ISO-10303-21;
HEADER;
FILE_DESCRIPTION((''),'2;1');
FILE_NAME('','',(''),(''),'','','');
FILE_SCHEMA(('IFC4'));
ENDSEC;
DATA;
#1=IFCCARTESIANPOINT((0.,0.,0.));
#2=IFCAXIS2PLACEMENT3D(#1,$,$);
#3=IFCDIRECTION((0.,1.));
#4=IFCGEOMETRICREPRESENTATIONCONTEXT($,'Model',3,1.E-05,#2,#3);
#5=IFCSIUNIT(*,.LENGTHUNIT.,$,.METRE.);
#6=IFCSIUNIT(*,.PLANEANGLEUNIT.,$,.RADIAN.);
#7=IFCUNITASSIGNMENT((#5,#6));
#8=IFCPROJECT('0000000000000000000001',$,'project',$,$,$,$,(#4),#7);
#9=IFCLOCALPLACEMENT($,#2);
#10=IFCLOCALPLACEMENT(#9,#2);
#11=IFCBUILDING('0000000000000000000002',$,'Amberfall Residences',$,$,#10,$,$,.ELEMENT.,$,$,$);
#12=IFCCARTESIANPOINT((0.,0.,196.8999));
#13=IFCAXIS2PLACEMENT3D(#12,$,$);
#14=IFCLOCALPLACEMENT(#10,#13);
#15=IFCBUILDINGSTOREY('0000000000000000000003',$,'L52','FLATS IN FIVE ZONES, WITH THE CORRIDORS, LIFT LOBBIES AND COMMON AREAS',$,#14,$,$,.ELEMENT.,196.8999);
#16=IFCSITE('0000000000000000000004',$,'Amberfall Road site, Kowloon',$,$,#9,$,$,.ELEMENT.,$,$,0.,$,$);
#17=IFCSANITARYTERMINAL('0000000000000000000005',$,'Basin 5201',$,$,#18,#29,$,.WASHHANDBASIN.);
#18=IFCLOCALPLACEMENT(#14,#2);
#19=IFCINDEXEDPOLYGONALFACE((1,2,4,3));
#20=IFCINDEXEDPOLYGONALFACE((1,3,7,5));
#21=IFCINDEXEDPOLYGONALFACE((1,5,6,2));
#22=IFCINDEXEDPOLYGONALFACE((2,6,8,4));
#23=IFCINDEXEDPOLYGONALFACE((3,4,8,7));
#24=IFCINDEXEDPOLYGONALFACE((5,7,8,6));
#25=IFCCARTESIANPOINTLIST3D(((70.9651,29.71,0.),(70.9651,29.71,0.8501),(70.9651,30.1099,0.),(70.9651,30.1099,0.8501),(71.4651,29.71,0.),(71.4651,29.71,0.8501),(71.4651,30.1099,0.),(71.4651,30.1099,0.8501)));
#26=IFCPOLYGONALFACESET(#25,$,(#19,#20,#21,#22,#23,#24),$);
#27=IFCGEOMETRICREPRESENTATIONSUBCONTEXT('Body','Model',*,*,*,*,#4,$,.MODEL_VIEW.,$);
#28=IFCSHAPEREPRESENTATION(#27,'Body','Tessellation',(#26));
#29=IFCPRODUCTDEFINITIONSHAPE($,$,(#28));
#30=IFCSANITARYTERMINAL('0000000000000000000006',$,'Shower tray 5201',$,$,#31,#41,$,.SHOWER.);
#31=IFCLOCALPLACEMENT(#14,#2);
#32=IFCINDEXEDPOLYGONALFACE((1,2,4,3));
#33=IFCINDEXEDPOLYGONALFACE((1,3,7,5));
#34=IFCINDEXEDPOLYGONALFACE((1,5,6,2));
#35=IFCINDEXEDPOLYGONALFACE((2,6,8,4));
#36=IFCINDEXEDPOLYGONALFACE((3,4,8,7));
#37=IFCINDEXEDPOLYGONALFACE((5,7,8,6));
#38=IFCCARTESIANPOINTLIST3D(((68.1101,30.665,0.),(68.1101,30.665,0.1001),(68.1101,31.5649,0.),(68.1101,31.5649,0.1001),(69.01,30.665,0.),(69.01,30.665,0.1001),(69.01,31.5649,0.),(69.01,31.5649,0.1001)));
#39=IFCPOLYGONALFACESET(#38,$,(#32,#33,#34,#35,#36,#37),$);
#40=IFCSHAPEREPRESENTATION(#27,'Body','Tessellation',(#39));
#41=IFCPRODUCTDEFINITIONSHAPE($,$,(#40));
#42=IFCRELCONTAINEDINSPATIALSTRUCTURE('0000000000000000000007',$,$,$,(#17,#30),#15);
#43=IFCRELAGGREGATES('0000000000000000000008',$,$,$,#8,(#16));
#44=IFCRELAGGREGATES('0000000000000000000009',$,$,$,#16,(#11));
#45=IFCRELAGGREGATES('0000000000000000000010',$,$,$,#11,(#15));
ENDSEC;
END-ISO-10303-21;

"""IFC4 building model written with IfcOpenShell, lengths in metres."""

from ifc_helpers import new_model, si_unit, direction, frame, origin, origin_2d, place, context, subcontext, project, spatial, rectangle, extrude, element, save


model = new_model("IFC4")

# Units and contexts
model_context = context("Model", 3, precision=1e-05, world=origin(), true_north=direction((0.0, 1.0)))
body_context = subcontext(model_context, "Body", "Model", "MODEL_VIEW")
ifc_project = project(units=[si_unit("LENGTHUNIT", "METRE"), si_unit("PLANEANGLEUNIT", "RADIAN")], contexts=[model_context])

# Site, building, storey
site_placement = place(None, origin())
site = spatial("IfcSite", under=ifc_project, at=site_placement, Name="Amberfall Road site, Kowloon", CompositionType="ELEMENT", RefElevation=0.0)
building_placement = place(site_placement, origin())
building = spatial("IfcBuilding", under=site, at=building_placement, Name="Amberfall Residences", CompositionType="ELEMENT")
storey_placement = place(building_placement, frame((0.0, 0.0, 196.8999)))
storey = spatial("IfcBuildingStorey", under=building, at=storey_placement, Name="L52", Description="FLATS IN FIVE ZONES, WITH THE CORRIDORS, LIFT LOBBIES AND COMMON AREAS", CompositionType="ELEMENT", Elevation=196.8999)

# Sanitary terminals
sanitary_terminal_1_placement = place(storey_placement, frame((71.2151, 29.9099, 0.0), z_axis=(0.0, 0.0, 1.0), x_axis=(1.0, 0.0, 0.0)))
element("IfcSanitaryTerminal", 1, at=sanitary_terminal_1_placement, inside=storey, Name="Basin 5201", PredefinedType="WASHHANDBASIN", context=body_context, shape_type="SweptSolid", body=[
    extrude(rectangle(XDim=0.5, YDim=0.3999, at=origin_2d()), origin(), (0.0, 0.0, 1.0), 0.8501),
])
sanitary_terminal_2_placement = place(storey_placement, frame((68.5601, 31.115, 0.0), z_axis=(0.0, 0.0, 1.0), x_axis=(1.0, 0.0, 0.0)))
element("IfcSanitaryTerminal", 2, at=sanitary_terminal_2_placement, inside=storey, Name="Shower tray 5201", PredefinedType="SHOWER", context=body_context, shape_type="SweptSolid", body=[
    extrude(rectangle(XDim=0.8999, YDim=0.8999, at=origin_2d()), origin(), (0.0, 0.0, 1.0), 0.1001),
])

save(model, "model.ifc")
